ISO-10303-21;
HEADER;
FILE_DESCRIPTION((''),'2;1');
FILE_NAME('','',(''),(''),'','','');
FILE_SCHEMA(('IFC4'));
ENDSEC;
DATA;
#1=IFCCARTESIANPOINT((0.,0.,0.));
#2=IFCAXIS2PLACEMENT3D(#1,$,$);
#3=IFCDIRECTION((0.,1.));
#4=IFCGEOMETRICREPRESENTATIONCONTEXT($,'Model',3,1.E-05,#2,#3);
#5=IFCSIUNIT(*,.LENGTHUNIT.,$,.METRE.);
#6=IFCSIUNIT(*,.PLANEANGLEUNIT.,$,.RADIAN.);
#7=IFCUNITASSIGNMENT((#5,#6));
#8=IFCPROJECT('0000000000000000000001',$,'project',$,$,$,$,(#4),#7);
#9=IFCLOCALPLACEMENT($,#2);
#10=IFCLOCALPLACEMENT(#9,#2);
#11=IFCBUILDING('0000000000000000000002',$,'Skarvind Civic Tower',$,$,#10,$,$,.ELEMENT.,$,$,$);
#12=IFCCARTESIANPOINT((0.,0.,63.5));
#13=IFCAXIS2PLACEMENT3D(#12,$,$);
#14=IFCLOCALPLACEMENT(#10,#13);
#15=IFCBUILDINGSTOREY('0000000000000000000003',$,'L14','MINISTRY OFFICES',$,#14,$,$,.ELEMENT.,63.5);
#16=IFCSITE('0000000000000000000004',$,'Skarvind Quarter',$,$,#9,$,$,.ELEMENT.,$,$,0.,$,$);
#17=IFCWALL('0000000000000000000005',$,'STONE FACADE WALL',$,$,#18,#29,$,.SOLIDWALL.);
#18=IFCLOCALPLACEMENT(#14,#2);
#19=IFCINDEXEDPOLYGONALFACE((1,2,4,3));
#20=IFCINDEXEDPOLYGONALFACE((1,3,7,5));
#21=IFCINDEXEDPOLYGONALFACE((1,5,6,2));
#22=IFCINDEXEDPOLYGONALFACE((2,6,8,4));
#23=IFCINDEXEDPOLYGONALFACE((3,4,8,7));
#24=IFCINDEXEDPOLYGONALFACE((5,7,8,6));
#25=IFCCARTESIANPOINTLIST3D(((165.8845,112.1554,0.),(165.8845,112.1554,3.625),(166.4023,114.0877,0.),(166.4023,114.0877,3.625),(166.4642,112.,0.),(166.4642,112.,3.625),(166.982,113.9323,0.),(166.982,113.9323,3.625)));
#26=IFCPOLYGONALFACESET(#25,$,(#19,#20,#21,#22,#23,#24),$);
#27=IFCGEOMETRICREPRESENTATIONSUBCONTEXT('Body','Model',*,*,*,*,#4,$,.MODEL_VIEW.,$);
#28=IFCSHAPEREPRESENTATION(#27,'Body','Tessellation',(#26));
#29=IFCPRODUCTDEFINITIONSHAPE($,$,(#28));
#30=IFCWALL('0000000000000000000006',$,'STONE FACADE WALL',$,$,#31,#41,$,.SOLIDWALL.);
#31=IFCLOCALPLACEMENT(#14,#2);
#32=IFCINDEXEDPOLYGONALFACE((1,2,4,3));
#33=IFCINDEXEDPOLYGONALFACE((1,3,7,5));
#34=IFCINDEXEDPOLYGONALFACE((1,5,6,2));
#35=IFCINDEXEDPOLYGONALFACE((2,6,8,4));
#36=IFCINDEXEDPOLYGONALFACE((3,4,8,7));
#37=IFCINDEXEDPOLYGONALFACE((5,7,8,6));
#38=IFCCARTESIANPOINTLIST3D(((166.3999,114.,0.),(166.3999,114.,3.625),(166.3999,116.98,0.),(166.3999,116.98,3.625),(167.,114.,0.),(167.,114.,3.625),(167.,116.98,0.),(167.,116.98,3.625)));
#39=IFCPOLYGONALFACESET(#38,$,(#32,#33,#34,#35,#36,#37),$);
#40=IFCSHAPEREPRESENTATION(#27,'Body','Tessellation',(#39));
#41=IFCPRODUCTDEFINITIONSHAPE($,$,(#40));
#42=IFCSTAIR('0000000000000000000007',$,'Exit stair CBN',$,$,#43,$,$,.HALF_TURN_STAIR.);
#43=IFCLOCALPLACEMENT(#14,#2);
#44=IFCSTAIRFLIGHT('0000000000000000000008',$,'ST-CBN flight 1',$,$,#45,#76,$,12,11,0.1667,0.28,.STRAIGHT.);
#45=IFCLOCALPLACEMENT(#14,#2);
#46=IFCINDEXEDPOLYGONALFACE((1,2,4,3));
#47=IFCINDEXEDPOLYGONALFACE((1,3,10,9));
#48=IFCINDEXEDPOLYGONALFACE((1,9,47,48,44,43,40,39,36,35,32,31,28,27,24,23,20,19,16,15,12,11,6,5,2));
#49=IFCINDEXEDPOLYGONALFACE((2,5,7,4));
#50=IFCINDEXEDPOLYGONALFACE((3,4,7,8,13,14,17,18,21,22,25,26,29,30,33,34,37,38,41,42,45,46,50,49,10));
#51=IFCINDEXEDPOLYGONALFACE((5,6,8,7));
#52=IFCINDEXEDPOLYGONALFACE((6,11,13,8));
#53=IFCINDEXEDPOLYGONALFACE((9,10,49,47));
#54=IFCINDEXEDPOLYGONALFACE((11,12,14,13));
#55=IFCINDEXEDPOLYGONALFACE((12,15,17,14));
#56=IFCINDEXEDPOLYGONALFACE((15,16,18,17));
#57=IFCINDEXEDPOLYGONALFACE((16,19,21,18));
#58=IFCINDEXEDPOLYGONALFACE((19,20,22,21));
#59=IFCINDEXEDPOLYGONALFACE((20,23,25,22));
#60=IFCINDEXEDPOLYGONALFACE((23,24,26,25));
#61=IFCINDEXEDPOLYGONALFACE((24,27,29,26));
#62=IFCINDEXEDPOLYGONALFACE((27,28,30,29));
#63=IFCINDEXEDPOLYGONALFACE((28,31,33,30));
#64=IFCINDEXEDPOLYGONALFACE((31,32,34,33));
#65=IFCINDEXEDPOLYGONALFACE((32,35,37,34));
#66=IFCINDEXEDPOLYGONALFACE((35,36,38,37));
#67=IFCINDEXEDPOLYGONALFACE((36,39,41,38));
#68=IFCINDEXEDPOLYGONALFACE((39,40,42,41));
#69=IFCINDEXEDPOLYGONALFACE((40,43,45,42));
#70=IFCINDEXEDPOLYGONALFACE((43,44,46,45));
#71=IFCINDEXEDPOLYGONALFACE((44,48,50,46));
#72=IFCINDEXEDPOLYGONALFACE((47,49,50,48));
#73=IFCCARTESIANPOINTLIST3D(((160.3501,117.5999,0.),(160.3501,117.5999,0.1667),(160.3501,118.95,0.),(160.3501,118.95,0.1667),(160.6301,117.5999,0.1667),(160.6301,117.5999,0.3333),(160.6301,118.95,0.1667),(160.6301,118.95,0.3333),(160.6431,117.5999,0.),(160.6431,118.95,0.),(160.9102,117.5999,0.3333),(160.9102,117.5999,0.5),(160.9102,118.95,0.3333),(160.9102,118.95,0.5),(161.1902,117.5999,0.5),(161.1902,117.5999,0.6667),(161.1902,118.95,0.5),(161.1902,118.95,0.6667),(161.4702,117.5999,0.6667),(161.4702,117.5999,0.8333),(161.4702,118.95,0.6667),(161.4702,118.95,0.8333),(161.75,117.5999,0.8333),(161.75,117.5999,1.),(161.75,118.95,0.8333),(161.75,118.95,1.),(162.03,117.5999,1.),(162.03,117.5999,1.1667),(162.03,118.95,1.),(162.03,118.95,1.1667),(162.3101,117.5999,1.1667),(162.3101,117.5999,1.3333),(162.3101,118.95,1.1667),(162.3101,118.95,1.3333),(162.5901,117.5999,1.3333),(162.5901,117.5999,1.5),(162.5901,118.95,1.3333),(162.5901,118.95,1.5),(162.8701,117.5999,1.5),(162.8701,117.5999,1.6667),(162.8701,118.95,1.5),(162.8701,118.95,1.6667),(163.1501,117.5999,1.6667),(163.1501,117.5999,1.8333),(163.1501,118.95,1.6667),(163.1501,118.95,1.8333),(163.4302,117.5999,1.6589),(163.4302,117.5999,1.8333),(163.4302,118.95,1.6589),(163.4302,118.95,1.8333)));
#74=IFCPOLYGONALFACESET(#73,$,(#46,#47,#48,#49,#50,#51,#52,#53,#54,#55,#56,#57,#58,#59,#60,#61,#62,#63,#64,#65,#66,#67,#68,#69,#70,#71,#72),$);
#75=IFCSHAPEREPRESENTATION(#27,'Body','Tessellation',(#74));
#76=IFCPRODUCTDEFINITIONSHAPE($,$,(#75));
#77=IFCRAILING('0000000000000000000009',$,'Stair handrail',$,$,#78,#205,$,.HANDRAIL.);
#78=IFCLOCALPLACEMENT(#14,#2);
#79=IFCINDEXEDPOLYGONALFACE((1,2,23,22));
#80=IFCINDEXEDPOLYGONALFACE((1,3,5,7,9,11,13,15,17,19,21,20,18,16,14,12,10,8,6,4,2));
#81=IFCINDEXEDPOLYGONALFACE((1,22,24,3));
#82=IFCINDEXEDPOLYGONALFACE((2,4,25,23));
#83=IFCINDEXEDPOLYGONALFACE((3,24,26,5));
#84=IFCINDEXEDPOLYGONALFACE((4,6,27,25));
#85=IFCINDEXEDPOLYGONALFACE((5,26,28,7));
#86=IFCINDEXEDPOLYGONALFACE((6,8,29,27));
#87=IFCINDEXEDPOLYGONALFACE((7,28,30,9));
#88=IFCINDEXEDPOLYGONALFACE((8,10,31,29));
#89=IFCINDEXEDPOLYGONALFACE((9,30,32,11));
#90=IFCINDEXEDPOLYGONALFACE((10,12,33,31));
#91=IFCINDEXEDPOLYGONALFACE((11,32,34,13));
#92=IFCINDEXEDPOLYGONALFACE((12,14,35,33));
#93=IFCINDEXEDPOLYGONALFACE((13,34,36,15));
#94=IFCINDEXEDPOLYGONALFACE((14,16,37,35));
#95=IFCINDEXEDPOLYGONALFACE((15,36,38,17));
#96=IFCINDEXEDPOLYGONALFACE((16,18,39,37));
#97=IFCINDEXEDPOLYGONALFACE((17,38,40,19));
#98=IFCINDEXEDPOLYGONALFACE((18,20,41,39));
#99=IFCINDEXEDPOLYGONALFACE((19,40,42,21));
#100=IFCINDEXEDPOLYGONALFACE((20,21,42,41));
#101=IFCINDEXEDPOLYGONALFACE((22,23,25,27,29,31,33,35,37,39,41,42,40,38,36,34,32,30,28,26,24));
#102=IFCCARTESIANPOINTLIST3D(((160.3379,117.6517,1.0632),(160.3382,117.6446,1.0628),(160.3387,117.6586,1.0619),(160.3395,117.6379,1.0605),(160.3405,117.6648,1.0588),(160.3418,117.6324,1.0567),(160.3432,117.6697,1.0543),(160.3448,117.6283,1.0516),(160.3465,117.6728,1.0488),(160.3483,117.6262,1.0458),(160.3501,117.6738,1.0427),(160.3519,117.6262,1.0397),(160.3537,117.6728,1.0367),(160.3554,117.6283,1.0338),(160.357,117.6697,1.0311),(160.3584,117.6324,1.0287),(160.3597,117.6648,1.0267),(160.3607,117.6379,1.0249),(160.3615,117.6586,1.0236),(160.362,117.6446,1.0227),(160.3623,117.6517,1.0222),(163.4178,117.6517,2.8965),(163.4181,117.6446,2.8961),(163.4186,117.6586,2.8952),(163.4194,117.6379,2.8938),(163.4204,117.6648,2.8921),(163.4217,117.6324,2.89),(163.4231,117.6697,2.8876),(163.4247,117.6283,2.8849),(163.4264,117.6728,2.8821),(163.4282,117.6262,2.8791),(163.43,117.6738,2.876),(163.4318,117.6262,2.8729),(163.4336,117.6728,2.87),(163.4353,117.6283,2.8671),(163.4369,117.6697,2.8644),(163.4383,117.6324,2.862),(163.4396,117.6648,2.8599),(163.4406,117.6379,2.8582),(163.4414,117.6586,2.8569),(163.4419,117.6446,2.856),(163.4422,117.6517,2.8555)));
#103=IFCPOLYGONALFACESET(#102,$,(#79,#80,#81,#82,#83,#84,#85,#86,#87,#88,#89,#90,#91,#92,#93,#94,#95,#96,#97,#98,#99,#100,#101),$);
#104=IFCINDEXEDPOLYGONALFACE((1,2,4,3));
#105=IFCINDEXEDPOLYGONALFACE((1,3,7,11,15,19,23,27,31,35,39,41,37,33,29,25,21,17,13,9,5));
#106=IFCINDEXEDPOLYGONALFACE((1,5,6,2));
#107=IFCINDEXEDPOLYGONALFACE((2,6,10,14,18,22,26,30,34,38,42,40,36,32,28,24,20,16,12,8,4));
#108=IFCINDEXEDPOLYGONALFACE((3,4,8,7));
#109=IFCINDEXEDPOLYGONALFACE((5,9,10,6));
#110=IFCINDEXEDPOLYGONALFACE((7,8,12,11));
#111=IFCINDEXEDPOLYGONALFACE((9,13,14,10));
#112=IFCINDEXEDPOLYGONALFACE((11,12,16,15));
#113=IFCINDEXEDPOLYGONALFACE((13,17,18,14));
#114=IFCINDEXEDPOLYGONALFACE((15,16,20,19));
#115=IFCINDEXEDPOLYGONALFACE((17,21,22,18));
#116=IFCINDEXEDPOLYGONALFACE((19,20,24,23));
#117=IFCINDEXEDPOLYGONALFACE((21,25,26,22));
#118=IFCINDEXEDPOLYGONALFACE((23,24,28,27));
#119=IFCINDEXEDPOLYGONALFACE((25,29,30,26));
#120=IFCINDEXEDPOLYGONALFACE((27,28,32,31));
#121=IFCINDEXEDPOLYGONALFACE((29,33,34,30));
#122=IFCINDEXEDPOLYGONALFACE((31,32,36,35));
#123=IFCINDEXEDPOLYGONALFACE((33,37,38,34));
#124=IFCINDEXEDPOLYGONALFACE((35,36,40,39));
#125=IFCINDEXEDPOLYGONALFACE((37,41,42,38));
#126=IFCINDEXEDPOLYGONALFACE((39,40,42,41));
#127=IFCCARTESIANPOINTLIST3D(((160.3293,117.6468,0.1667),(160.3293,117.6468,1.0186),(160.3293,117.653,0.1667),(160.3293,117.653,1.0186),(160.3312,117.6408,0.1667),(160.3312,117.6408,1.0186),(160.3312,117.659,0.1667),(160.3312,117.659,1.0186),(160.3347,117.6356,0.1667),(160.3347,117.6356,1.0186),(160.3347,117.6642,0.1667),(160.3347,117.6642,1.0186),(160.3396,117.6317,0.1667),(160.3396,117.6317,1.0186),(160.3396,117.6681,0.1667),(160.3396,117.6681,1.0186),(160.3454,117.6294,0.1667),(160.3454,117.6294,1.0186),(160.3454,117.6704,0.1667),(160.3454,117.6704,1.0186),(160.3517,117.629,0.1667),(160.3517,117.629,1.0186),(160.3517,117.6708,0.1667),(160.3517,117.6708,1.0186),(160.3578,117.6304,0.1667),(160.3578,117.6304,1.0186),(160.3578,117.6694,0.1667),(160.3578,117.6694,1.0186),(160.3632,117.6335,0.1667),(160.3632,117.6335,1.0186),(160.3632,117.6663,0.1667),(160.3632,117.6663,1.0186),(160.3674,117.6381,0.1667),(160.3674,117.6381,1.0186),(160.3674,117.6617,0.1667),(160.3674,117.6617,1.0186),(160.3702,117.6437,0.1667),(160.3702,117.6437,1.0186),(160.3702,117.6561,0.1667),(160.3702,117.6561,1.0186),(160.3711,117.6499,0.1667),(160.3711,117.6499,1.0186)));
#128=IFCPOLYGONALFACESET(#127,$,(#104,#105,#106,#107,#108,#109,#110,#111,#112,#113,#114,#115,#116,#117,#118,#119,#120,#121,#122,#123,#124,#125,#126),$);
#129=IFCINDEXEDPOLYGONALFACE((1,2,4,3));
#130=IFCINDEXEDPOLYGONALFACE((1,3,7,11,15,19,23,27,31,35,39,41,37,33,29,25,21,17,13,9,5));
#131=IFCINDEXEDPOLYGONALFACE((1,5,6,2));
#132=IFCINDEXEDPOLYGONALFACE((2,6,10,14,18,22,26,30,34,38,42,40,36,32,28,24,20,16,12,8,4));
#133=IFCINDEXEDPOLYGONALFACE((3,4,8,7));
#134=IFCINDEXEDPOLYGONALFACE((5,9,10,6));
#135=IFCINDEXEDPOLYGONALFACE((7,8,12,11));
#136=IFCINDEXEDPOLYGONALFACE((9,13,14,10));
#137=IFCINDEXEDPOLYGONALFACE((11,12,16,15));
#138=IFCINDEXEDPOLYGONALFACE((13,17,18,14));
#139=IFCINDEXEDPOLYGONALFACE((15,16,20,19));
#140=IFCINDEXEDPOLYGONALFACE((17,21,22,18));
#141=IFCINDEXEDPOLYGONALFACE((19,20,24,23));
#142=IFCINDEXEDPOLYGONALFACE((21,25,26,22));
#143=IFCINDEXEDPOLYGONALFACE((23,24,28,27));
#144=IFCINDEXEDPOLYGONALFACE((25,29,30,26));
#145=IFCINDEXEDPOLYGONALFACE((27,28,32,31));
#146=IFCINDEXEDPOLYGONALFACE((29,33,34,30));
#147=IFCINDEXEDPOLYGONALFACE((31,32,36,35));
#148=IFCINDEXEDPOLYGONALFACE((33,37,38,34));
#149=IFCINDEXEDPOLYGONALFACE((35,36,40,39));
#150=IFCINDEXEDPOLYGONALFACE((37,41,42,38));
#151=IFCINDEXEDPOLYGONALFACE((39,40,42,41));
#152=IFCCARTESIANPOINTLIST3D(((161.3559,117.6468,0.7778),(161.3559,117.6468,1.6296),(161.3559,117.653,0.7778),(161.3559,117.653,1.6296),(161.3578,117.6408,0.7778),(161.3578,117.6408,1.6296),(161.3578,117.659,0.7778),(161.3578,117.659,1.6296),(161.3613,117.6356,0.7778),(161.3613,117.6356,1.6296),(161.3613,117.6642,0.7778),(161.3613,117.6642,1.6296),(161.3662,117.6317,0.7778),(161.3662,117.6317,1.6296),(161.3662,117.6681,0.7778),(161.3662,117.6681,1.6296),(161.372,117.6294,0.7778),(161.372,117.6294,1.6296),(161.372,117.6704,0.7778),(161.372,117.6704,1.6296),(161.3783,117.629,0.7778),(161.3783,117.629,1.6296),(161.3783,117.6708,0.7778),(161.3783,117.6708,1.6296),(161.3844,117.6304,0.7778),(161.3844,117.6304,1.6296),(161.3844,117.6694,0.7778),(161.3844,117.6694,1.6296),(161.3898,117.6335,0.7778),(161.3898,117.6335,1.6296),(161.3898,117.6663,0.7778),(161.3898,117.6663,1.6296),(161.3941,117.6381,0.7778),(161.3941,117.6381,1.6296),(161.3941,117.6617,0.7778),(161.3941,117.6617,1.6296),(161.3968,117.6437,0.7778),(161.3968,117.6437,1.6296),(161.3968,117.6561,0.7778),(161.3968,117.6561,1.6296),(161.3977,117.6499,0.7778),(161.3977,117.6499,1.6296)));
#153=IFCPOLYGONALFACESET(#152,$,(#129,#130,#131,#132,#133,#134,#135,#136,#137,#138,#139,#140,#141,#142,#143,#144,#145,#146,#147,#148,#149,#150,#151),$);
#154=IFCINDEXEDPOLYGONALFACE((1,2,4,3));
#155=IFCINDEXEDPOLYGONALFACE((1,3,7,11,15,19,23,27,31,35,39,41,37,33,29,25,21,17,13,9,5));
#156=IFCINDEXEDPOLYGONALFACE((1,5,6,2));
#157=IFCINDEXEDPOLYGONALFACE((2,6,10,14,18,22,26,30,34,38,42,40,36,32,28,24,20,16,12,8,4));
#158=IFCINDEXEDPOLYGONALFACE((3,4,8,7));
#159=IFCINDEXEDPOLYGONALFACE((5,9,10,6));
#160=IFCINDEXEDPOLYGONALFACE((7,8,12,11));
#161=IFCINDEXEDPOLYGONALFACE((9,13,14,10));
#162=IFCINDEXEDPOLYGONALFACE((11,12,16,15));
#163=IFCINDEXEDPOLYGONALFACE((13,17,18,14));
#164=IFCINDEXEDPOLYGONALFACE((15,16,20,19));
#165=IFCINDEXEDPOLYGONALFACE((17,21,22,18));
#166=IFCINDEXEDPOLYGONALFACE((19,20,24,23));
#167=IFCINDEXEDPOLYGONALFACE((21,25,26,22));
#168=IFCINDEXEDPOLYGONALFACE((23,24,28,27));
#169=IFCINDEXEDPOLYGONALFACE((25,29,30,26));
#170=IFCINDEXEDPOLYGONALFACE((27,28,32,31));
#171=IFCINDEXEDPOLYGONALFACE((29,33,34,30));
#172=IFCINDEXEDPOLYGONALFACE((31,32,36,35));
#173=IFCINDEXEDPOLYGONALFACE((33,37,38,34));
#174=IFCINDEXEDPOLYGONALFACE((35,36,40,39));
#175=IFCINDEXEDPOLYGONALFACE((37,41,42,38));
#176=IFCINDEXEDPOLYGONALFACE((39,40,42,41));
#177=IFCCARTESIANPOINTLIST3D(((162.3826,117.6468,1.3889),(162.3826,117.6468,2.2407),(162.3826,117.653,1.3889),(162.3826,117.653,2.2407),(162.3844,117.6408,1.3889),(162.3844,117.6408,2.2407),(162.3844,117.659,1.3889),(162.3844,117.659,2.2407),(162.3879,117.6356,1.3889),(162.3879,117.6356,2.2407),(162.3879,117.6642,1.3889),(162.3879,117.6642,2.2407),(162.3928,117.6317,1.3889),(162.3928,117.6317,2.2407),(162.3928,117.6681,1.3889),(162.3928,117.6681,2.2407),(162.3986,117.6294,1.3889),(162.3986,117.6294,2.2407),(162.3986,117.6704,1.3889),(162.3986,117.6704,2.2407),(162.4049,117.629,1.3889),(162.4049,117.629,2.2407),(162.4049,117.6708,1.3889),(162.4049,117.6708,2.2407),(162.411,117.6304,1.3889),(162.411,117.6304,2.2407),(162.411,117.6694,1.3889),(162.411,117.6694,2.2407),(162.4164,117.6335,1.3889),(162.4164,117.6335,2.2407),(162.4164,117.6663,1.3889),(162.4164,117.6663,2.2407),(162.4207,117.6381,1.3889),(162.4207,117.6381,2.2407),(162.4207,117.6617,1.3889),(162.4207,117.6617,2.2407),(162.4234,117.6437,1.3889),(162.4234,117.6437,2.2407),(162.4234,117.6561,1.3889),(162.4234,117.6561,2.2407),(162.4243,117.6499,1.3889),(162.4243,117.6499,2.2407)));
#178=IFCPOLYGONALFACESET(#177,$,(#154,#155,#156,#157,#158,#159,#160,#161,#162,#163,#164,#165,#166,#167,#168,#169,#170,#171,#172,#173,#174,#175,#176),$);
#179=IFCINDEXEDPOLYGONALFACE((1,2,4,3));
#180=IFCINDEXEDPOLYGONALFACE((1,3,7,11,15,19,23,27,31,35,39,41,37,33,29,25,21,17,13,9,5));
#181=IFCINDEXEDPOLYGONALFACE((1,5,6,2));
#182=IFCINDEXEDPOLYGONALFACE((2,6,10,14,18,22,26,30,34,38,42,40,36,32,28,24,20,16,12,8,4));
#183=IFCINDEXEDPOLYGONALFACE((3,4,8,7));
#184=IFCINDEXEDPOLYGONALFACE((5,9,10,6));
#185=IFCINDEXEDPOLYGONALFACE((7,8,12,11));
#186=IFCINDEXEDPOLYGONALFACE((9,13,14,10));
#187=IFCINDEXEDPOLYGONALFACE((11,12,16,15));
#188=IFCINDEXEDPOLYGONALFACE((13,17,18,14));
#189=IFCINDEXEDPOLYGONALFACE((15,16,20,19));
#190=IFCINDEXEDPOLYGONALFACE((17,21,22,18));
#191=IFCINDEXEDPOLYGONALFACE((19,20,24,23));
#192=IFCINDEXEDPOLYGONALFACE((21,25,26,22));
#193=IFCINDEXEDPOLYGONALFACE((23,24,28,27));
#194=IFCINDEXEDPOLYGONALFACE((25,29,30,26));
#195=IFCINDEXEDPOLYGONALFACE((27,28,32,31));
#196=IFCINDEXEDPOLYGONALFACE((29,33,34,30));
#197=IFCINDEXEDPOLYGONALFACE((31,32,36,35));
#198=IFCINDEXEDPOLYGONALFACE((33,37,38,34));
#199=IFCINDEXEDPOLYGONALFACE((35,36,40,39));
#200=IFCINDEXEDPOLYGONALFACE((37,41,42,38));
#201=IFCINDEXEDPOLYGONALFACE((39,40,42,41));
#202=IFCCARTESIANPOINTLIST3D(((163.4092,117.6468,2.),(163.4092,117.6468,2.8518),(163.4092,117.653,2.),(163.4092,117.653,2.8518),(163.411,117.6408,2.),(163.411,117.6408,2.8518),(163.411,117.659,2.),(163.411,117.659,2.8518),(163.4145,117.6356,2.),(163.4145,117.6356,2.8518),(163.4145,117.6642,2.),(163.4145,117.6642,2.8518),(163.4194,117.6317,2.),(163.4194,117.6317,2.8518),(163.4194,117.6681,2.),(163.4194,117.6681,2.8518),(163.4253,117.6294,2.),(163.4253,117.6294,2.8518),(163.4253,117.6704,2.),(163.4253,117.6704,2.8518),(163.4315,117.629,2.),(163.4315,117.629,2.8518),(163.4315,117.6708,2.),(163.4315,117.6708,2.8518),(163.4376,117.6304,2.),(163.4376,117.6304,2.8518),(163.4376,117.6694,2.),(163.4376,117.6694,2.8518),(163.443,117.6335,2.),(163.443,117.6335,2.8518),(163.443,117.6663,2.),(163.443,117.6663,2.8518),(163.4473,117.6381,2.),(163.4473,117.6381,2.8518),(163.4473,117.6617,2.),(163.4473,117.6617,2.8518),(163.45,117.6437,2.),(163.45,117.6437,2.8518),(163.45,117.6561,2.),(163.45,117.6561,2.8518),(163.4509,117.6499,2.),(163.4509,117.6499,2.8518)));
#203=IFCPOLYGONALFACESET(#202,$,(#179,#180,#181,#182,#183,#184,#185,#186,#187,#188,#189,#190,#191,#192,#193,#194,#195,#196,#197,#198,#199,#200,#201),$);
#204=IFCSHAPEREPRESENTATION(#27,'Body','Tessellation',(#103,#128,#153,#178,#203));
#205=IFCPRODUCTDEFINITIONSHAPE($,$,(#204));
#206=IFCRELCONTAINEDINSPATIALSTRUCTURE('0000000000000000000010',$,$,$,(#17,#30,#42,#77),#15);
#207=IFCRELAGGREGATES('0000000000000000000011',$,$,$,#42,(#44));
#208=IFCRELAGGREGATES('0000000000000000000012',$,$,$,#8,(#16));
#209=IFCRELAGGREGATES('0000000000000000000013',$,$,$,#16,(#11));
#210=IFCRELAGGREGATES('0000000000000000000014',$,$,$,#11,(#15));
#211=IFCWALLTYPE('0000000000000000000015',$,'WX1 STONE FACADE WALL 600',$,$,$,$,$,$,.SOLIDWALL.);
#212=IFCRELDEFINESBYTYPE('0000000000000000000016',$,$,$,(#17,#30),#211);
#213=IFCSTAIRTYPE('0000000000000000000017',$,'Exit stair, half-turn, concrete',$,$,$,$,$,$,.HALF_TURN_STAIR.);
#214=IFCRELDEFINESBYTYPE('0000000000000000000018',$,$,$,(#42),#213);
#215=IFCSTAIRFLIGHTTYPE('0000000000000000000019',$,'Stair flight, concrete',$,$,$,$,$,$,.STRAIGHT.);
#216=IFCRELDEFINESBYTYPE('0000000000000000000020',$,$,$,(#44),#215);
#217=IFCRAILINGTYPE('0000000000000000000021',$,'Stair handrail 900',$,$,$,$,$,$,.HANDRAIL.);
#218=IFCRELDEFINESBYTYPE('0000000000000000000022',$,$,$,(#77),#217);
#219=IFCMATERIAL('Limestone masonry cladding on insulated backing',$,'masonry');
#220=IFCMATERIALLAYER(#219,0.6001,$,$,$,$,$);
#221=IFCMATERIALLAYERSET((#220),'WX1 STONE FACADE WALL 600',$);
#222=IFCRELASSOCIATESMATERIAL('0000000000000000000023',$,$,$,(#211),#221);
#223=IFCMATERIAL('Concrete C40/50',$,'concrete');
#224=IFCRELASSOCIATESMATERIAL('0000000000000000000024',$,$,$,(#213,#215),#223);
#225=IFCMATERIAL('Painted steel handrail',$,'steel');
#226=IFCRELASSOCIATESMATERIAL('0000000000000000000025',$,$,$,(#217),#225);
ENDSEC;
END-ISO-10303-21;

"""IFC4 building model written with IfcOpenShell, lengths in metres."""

from ifc_helpers import new_model, si_unit, direction, frame, frame_2d, origin, origin_2d, place, context, subcontext, project, spatial, polyline, rectangle, circle, outline, extrude, material, layer, layer_set, type_object, element, aggregate, save


model = new_model("IFC4")

# Units and contexts
model_context = context("Model", 3, precision=1e-05, world=origin(), true_north=direction((0.0, 1.0)))
body_context = subcontext(model_context, "Body", "Model", "MODEL_VIEW")
ifc_project = project(units=[si_unit("LENGTHUNIT", "METRE"), si_unit("PLANEANGLEUNIT", "RADIAN")], contexts=[model_context])

# Site, building, storey
site_placement = place(None, origin())
site = spatial("IfcSite", under=ifc_project, at=site_placement, Name="Skarvind Quarter", CompositionType="ELEMENT", RefElevation=0.0)
building_placement = place(site_placement, origin())
building = spatial("IfcBuilding", under=site, at=building_placement, Name="Skarvind Civic Tower", CompositionType="ELEMENT")
storey_placement = place(building_placement, frame((0.0, 0.0, 63.5)))
storey = spatial("IfcBuildingStorey", under=building, at=storey_placement, Name="L14", Description="MINISTRY OFFICES", CompositionType="ELEMENT", Elevation=63.5)

# Shared definitions
ifc_material_1 = material(Name="Limestone masonry cladding on insulated backing", Category="masonry")
ifc_layer_1 = layer(ifc_material_1, 0.6001)
ifc_layer_set_1 = layer_set([ifc_layer_1], Name="WX1 STONE FACADE WALL 600")
wall_type_1 = type_object("IfcWallType", Name="WX1 STONE FACADE WALL 600", PredefinedType="SOLIDWALL", material=ifc_layer_set_1)

# Walls
wall_1_placement = place(storey_placement, frame((166.6921, 114.01, 0.0), z_axis=(0.0, 0.0, 1.0), x_axis=(-0.25884, -0.96592, 0.0)))
element("IfcWall", 1, at=wall_1_placement, inside=storey, type_object=wall_type_1, Name="STONE FACADE WALL", PredefinedType="SOLIDWALL", context=body_context, shape_type="SweptSolid", body=[
    extrude(rectangle(XDim=2.0005, YDim=0.6001, at=frame_2d((1.0002, 0.0))), origin(), (0.0, 0.0, 1.0), 3.625),
])
wall_2_placement = place(storey_placement, frame((166.7, 116.98, 0.0), z_axis=(0.0, 0.0, 1.0), x_axis=(0.0, -1.0, 0.0)))
element("IfcWall", 2, at=wall_2_placement, inside=storey, type_object=wall_type_1, Name="STONE FACADE WALL", PredefinedType="SOLIDWALL", context=body_context, shape_type="SweptSolid", body=[
    extrude(rectangle(XDim=2.98, YDim=0.6001, at=frame_2d((1.49, 0.0))), origin(), (0.0, 0.0, 1.0), 3.625),
])

# Stair, stair flight
ifc_material_2 = material(Name="Concrete C40/50", Category="concrete")
stair_type = type_object("IfcStairType", Name="Exit stair, half-turn, concrete", PredefinedType="HALF_TURN_STAIR", material=ifc_material_2)
stair_placement = place(storey_placement, origin())
stair = element("IfcStair", 3, at=stair_placement, inside=storey, type_object=stair_type, Name="Exit stair CBN", PredefinedType="HALF_TURN_STAIR")
stair_flight_type = type_object("IfcStairFlightType", Name="Stair flight, concrete", PredefinedType="STRAIGHT", material=ifc_material_2)
stair_flight_placement = place(storey_placement, frame((160.3501, 118.2749, 0.0), z_axis=(0.0, 0.0, 1.0), x_axis=(1.0, 0.0, 0.0)))
stair_flight = element("IfcStairFlight", 4, at=stair_flight_placement, type_object=stair_flight_type, Name="ST-CBN flight 1", NumberOfRisers=12, NumberOfTreads=11, PredefinedType="STRAIGHT", RiserHeight=0.1667, TreadLength=0.28, context=body_context, shape_type="SweptSolid", body=[
    extrude(outline(polyline([(0.0, 0.0), (0.0, 0.1667), (0.28, 0.1667), (0.28, 0.3333), (0.5601, 0.3333), (0.5601, 0.5), (0.8401, 0.5), (0.8401, 0.6667), (1.1201, 0.6667), (1.1201, 0.8333), (1.3999, 0.8333), (1.3999, 1.0), (1.6799, 1.0), (1.6799, 1.1667), (1.96, 1.1667), (1.96, 1.3333), (2.24, 1.3333), (2.24, 1.5), (2.52, 1.5), (2.52, 1.6667), (2.8, 1.6667), (2.8, 1.8333), (3.0801, 1.8333), (3.0801, 2.0), (3.0801, 1.6589), (0.293, 0.0), (0.0, 0.0)])), frame((0.0, 0.675, 0.0), z_axis=(0.0, -1.0, 0.0), x_axis=(1.0, 0.0, 0.0)), (0.0, 0.0, 1.0), 1.3501),
])
aggregate(stair, [stair_flight])

# Railing
ifc_material_3 = material(Name="Painted steel handrail", Category="steel")
railing_type = type_object("IfcRailingType", Name="Stair handrail 900", PredefinedType="HANDRAIL", material=ifc_material_3)
railing_placement = place(storey_placement, frame((160.3501, 117.6499, 0.1667)))
element("IfcRailing", 5, at=railing_placement, inside=storey, type_object=railing_type, Name="Stair handrail", PredefinedType="HANDRAIL", context=body_context, shape_type="SweptSolid", body=[
    extrude(circle(Radius=0.0239, at=origin_2d()), frame((0.0, 0.0, 0.876), z_axis=(0.859291, 0.0, 0.511487), x_axis=(0.0, 1.0, 0.0)), (0.0, 0.0, 1.0), 3.5842),
    extrude(circle(Radius=0.021, at=origin_2d()), origin(), (0.0, 0.0, 1.0), 0.8518),
    extrude(circle(Radius=0.021, at=origin_2d()), frame((1.0266, 0.0, 0.6111)), (0.0, 0.0, 1.0), 0.8518),
    extrude(circle(Radius=0.021, at=origin_2d()), frame((2.0532, 0.0, 1.2222)), (0.0, 0.0, 1.0), 0.8518),
    extrude(circle(Radius=0.021, at=origin_2d()), frame((3.0798, 0.0, 1.8333)), (0.0, 0.0, 1.0), 0.8518),
])

save(model, "model.ifc")
